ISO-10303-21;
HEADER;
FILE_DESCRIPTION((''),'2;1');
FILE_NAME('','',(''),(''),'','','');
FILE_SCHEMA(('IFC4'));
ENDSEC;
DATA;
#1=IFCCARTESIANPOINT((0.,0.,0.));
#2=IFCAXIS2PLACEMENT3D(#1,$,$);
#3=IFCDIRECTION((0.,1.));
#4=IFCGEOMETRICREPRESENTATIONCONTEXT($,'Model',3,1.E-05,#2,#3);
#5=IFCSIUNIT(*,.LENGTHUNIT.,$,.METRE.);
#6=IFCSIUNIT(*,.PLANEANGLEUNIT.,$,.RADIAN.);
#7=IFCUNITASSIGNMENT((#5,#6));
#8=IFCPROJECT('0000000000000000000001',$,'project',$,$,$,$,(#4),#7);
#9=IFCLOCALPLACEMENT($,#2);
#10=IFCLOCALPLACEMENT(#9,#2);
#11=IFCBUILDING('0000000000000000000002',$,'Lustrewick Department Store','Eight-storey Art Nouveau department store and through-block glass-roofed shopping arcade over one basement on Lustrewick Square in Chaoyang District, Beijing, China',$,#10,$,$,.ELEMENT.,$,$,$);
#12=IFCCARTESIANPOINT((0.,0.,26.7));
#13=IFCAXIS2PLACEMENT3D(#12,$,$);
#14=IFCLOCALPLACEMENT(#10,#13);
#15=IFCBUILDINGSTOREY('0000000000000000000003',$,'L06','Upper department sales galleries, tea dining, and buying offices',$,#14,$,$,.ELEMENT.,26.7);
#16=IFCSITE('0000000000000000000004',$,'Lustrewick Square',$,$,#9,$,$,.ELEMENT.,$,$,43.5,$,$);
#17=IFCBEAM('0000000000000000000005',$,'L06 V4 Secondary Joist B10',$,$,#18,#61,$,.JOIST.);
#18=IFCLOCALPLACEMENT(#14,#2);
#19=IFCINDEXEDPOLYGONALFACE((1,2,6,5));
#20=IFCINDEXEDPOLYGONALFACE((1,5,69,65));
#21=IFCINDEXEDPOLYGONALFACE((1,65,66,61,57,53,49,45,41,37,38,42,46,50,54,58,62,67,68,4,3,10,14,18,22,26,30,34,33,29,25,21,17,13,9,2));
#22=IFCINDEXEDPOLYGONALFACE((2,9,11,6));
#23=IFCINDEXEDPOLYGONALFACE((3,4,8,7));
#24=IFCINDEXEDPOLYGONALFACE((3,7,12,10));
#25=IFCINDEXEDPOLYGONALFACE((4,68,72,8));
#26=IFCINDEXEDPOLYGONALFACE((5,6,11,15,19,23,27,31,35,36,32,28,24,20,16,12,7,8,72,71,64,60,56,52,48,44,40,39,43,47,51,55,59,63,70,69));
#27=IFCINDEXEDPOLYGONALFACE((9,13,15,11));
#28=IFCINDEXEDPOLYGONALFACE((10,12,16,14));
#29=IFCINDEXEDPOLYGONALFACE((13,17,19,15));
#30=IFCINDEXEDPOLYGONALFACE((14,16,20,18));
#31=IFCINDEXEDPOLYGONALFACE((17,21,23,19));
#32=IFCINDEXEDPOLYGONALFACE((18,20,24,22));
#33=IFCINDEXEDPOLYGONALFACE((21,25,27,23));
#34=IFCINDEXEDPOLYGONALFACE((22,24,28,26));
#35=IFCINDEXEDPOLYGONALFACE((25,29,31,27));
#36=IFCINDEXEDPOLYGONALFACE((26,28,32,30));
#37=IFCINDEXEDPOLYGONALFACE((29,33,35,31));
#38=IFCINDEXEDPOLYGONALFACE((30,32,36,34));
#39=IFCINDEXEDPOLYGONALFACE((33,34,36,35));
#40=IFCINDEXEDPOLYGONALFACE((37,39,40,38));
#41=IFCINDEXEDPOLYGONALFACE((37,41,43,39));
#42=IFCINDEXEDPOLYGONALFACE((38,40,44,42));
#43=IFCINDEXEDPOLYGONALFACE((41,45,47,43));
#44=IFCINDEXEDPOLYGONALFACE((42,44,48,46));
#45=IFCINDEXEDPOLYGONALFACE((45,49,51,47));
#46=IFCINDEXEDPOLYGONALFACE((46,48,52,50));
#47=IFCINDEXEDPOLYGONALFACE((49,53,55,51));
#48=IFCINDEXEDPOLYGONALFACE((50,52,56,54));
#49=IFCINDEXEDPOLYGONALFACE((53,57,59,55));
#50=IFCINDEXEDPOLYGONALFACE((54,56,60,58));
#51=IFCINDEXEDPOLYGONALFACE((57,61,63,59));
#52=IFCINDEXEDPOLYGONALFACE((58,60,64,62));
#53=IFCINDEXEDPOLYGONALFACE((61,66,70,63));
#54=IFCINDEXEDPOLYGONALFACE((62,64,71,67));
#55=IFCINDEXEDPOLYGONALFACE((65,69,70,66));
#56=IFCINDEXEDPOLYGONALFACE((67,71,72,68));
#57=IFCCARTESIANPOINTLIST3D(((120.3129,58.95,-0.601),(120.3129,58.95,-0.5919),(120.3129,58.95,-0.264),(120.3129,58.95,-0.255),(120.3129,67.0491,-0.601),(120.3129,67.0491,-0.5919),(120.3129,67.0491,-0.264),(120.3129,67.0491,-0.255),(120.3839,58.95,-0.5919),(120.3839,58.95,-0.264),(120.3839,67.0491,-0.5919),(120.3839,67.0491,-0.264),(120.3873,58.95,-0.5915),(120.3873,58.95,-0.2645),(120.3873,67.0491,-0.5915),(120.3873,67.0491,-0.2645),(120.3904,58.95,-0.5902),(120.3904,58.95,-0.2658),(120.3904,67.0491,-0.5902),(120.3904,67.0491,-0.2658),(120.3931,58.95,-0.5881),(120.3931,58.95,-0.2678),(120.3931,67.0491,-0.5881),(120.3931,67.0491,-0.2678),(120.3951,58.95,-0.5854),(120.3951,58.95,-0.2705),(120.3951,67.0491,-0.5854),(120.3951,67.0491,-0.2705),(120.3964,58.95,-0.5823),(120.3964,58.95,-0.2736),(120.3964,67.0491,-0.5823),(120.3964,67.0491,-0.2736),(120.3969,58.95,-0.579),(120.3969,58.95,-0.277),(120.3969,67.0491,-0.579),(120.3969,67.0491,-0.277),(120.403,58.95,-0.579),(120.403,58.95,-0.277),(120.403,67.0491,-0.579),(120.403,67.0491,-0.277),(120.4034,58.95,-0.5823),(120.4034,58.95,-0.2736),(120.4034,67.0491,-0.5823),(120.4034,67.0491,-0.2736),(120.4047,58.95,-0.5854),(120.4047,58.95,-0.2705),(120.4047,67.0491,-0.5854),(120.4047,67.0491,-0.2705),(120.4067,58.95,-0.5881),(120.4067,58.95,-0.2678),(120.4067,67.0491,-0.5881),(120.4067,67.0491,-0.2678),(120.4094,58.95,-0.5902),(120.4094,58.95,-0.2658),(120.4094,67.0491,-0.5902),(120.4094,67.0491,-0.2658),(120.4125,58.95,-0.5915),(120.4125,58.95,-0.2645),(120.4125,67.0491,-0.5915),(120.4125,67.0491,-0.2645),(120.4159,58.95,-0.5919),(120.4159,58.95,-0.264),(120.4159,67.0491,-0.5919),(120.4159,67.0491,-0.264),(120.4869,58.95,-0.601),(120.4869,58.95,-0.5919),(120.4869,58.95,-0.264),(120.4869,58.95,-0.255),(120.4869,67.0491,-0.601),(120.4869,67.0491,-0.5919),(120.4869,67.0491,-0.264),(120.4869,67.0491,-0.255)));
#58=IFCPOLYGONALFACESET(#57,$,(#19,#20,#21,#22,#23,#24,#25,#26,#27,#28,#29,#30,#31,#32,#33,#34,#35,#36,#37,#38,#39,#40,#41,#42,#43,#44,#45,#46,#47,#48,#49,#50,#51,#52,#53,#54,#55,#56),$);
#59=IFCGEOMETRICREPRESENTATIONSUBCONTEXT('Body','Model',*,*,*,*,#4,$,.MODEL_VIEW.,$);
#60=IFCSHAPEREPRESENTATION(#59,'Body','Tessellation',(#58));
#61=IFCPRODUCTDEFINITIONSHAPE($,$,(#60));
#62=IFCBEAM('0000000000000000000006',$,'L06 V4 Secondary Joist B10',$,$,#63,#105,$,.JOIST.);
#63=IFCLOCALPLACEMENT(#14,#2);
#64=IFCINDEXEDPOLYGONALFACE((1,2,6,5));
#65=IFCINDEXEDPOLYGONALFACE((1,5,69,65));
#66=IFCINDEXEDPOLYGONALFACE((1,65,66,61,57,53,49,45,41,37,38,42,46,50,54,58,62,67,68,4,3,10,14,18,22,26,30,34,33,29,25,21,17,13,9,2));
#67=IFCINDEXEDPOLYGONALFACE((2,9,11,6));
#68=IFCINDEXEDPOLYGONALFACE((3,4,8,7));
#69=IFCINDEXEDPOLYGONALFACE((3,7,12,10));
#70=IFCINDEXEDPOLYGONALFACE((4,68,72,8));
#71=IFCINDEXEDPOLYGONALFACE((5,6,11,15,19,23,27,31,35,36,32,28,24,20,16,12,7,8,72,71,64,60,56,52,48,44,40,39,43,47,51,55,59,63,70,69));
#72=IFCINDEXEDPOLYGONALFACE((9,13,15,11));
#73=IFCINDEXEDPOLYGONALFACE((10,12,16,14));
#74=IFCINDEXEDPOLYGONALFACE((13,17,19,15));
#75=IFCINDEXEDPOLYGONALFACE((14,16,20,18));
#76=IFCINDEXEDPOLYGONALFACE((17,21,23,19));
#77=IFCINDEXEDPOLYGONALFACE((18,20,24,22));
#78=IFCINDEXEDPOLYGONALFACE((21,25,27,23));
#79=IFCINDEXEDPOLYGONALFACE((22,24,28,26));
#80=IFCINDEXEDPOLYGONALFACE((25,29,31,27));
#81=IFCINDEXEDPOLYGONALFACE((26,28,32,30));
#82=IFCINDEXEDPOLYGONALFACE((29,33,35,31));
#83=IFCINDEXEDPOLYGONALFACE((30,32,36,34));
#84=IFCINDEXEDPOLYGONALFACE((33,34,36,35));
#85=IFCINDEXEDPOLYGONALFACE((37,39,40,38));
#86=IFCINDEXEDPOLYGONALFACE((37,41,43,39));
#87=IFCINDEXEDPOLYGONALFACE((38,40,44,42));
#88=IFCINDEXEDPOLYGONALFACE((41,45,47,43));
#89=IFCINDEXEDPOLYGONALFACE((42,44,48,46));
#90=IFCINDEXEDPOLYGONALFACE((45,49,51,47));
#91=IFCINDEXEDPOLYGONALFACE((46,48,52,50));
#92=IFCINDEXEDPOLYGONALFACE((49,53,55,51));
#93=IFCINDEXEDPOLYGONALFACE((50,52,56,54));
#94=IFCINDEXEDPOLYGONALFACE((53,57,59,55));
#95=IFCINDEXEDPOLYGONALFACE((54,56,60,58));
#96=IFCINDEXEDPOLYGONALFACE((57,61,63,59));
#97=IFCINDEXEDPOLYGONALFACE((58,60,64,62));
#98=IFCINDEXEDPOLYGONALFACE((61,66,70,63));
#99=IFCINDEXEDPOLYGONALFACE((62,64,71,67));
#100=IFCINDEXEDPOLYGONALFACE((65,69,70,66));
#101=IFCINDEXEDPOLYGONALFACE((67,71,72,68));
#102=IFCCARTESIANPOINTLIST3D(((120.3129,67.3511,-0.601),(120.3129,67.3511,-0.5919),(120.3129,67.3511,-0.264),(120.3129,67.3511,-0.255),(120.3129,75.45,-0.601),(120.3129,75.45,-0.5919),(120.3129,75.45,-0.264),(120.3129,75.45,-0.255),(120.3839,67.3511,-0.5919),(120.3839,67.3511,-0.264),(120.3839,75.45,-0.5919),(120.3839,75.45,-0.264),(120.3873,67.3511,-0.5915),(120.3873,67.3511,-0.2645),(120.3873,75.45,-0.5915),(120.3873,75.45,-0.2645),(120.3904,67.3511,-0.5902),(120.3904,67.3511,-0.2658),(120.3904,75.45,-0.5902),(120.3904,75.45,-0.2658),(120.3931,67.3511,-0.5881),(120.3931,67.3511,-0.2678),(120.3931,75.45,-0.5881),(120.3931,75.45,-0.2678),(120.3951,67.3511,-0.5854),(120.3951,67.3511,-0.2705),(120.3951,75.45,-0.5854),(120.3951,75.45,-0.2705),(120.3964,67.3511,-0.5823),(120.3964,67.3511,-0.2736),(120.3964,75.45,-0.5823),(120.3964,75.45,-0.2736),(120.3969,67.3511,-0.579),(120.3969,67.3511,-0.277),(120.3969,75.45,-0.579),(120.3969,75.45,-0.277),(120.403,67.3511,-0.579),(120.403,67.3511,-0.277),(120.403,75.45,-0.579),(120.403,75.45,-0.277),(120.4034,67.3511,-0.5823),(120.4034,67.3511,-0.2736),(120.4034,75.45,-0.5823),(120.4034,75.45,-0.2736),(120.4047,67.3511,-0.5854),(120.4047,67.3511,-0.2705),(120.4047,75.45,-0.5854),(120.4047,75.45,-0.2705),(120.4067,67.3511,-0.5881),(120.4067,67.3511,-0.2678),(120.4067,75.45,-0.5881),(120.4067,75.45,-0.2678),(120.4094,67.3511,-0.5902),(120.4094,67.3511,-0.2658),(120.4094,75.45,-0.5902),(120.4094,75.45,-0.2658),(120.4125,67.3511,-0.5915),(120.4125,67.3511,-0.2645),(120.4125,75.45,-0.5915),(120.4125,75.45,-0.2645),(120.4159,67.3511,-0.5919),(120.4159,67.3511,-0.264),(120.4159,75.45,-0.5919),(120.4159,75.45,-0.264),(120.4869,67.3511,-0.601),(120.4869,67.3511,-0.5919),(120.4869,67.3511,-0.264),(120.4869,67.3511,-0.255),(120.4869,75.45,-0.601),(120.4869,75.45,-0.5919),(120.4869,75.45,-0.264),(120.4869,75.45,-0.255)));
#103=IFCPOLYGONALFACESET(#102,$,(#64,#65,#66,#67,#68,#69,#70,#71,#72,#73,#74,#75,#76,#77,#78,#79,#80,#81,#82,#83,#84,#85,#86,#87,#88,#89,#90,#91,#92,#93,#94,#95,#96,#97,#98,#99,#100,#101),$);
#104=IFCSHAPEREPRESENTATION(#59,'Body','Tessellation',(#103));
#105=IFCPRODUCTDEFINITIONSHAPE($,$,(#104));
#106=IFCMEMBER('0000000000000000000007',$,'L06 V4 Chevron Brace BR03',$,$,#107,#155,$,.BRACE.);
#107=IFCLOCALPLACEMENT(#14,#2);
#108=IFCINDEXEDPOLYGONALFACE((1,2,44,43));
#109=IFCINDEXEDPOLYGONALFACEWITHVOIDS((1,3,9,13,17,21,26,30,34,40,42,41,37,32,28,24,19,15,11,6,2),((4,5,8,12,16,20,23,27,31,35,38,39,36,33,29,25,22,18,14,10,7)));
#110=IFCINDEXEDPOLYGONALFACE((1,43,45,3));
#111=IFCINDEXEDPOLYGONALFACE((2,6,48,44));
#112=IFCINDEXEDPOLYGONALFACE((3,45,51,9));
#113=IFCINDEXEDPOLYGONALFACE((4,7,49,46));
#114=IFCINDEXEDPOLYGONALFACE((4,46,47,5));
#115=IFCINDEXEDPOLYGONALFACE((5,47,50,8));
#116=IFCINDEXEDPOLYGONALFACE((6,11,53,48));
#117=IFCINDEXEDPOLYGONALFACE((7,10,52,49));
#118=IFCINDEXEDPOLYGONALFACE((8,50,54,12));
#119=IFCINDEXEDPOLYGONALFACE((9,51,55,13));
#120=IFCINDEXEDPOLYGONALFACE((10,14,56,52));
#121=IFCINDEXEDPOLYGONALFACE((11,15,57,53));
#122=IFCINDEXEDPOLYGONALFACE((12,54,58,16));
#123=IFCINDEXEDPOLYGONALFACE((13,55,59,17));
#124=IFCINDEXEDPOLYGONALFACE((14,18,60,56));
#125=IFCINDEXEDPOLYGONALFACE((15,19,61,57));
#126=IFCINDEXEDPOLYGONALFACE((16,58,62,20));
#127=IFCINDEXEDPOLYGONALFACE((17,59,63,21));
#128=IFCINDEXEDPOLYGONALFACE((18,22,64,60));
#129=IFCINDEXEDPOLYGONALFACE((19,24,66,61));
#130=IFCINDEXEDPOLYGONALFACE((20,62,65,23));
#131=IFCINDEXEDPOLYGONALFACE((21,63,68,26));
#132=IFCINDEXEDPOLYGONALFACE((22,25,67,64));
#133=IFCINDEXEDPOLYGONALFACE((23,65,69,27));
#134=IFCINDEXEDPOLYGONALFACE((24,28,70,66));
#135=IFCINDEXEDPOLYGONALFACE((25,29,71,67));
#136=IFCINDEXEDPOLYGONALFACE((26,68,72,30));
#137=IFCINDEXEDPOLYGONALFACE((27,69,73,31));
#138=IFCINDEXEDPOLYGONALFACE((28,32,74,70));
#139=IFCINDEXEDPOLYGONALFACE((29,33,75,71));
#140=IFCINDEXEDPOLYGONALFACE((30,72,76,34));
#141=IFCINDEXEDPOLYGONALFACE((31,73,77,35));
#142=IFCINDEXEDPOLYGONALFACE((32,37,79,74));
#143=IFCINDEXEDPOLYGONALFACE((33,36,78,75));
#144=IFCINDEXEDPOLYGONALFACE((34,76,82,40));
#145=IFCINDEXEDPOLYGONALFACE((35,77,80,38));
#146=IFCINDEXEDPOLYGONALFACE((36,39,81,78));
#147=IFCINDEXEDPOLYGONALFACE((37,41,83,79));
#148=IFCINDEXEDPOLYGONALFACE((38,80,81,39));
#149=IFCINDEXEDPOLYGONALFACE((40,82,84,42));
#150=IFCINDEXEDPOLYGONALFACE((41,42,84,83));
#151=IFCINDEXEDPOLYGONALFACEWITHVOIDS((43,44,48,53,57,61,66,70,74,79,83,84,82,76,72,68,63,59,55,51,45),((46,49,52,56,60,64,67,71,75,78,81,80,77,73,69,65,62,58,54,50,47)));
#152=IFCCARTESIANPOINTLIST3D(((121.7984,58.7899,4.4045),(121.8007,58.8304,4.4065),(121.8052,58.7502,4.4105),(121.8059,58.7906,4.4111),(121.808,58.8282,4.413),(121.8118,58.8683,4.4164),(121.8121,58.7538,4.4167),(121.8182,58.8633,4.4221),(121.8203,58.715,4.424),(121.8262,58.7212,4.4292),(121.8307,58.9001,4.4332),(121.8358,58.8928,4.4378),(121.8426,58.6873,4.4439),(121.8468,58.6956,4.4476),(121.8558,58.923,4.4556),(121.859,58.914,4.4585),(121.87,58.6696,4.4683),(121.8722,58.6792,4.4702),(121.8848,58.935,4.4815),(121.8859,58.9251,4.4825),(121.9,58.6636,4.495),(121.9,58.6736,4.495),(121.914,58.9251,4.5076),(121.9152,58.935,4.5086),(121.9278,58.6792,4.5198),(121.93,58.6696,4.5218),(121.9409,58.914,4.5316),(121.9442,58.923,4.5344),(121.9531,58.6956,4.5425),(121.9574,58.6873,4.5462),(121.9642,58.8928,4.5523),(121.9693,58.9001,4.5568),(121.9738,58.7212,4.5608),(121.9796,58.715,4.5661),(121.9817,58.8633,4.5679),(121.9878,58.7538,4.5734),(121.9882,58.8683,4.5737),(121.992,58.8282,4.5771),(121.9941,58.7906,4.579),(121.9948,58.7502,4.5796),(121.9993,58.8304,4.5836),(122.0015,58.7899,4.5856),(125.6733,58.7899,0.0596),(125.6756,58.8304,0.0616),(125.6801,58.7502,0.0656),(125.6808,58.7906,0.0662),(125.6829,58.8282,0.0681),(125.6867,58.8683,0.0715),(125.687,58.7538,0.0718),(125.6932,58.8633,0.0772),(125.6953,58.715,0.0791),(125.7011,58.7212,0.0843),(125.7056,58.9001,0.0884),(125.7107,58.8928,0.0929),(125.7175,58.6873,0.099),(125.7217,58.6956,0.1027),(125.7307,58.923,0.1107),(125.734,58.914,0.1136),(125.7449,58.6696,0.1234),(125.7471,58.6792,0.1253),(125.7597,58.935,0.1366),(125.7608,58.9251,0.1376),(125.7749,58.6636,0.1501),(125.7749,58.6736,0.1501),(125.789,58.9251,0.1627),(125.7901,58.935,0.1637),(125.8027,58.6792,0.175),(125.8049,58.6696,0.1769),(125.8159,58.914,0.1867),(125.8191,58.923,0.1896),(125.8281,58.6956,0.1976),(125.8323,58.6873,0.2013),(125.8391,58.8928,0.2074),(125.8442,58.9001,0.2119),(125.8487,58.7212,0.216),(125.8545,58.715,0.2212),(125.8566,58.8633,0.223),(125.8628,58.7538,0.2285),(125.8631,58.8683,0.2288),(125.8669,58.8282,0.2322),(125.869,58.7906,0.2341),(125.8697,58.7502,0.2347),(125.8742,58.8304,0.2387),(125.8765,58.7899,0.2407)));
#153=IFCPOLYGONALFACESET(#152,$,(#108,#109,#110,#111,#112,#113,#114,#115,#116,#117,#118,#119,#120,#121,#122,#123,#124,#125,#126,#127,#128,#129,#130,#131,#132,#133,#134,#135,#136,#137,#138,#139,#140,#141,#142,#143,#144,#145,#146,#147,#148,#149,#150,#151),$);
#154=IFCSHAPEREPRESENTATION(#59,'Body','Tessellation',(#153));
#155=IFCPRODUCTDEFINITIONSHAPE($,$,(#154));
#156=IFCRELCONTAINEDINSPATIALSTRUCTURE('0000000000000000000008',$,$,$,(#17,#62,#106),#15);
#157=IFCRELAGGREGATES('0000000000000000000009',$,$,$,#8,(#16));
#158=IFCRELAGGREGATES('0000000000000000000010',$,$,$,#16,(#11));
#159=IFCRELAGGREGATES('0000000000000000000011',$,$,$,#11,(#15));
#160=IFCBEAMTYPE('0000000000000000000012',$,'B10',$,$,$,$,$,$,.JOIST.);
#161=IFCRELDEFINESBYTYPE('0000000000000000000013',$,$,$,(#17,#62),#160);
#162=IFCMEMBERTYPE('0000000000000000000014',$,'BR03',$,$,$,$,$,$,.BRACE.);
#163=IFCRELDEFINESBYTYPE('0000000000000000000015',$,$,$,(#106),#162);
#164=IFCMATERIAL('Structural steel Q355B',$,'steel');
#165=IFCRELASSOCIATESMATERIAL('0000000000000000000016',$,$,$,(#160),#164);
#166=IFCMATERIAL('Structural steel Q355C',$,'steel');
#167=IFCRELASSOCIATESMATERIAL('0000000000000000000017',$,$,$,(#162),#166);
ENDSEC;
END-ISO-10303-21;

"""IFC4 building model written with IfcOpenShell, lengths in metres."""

from ifc_helpers import new_model, si_unit, direction, frame, origin, origin_2d, place, context, subcontext, project, spatial, hollow_circle, i_section, extrude, material, material_profile, profile_set, type_object, element, save


model = new_model("IFC4")

# Units and contexts
model_context = context("Model", 3, precision=1e-05, world=origin(), true_north=direction((0.0, 1.0)))
body_context = subcontext(model_context, "Body", "Model", "MODEL_VIEW")
ifc_project = project(units=[si_unit("LENGTHUNIT", "METRE"), si_unit("PLANEANGLEUNIT", "RADIAN")], contexts=[model_context])

# Site, building, storey
site_placement = place(None, origin())
site = spatial("IfcSite", under=ifc_project, at=site_placement, Name="Lustrewick Square", CompositionType="ELEMENT", RefElevation=43.5)
building_placement = place(site_placement, origin())
building = spatial("IfcBuilding", under=site, at=building_placement, Name="Lustrewick Department Store", Description="Eight-storey Art Nouveau department store and through-block glass-roofed shopping arcade over one basement on Lustrewick Square in Chaoyang District, Beijing, China", CompositionType="ELEMENT")
storey_placement = place(building_placement, frame((0.0, 0.0, 26.7)))
storey = spatial("IfcBuildingStorey", under=building, at=storey_placement, Name="L06", Description="Upper department sales galleries, tea dining, and buying offices", CompositionType="ELEMENT", Elevation=26.7)

# Shared definitions
ifc_material_1 = material(Name="Structural steel Q355B", Category="steel")

# Beams
ifc_material_profile_1 = material_profile(ifc_material_1, i_section(OverallWidth=0.1741, OverallDepth=0.3459, WebThickness=0.0061, FlangeThickness=0.009, FilletRadius=0.0129, at=origin_2d()), Name="HN 346x174x6x9")
ifc_profile_set_1 = profile_set([ifc_material_profile_1], Name="Structural steel Q355B")
beam_type_1 = type_object("IfcBeamType", Name="B10", PredefinedType="JOIST", material=ifc_profile_set_1)
beam_1_placement = place(storey_placement, frame((120.3999, 58.95, -0.428), z_axis=(0.0, 1.0, 0.0), x_axis=(-1.0, 0.0, 0.0)))
element("IfcBeam", 1, at=beam_1_placement, inside=storey, type_object=beam_type_1, Name="L06 V4 Secondary Joist B10", PredefinedType="JOIST", context=body_context, shape_type="SweptSolid", body=[
    extrude(i_section(OverallWidth=0.1741, OverallDepth=0.3459, WebThickness=0.0061, FlangeThickness=0.009, FilletRadius=0.0129, at=origin_2d()), origin(), (0.0, 0.0, 1.0), 8.0991),
])
beam_2_placement = place(storey_placement, frame((120.3999, 67.3511, -0.428), z_axis=(0.0, 1.0, 0.0), x_axis=(-1.0, 0.0, 0.0)))
element("IfcBeam", 2, at=beam_2_placement, inside=storey, type_object=beam_type_1, Name="L06 V4 Secondary Joist B10", PredefinedType="JOIST", context=body_context, shape_type="SweptSolid", body=[
    extrude(i_section(OverallWidth=0.1741, OverallDepth=0.3459, WebThickness=0.0061, FlangeThickness=0.009, FilletRadius=0.0129, at=origin_2d()), origin(), (0.0, 0.0, 1.0), 8.0989),
])

# Member
ifc_material_2 = material(Name="Structural steel Q355C", Category="steel")
ifc_material_profile_2 = material_profile(ifc_material_2, hollow_circle(Radius=0.1365, WallThickness=0.01, at=origin_2d()), Name="CHS 273x10")
ifc_profile_set_2 = profile_set([ifc_material_profile_2], Name="Structural steel Q355C")
member_type = type_object("IfcMemberType", Name="BR03", PredefinedType="BRACE", material=ifc_profile_set_2)
member_placement = place(storey_placement, frame((125.7749, 58.8, 0.1501), z_axis=(-0.665591, 0.0, 0.746316), x_axis=(0.0, -1.0, 0.0)))
element("IfcMember", 3, at=member_placement, inside=storey, type_object=member_type, Name="L06 V4 Chevron Brace BR03", PredefinedType="BRACE", context=body_context, shape_type="SweptSolid", body=[
    extrude(hollow_circle(Radius=0.1365, WallThickness=0.01, at=origin_2d()), origin(), (0.0, 0.0, 1.0), 5.8218),
])

save(model, "model.ifc")
